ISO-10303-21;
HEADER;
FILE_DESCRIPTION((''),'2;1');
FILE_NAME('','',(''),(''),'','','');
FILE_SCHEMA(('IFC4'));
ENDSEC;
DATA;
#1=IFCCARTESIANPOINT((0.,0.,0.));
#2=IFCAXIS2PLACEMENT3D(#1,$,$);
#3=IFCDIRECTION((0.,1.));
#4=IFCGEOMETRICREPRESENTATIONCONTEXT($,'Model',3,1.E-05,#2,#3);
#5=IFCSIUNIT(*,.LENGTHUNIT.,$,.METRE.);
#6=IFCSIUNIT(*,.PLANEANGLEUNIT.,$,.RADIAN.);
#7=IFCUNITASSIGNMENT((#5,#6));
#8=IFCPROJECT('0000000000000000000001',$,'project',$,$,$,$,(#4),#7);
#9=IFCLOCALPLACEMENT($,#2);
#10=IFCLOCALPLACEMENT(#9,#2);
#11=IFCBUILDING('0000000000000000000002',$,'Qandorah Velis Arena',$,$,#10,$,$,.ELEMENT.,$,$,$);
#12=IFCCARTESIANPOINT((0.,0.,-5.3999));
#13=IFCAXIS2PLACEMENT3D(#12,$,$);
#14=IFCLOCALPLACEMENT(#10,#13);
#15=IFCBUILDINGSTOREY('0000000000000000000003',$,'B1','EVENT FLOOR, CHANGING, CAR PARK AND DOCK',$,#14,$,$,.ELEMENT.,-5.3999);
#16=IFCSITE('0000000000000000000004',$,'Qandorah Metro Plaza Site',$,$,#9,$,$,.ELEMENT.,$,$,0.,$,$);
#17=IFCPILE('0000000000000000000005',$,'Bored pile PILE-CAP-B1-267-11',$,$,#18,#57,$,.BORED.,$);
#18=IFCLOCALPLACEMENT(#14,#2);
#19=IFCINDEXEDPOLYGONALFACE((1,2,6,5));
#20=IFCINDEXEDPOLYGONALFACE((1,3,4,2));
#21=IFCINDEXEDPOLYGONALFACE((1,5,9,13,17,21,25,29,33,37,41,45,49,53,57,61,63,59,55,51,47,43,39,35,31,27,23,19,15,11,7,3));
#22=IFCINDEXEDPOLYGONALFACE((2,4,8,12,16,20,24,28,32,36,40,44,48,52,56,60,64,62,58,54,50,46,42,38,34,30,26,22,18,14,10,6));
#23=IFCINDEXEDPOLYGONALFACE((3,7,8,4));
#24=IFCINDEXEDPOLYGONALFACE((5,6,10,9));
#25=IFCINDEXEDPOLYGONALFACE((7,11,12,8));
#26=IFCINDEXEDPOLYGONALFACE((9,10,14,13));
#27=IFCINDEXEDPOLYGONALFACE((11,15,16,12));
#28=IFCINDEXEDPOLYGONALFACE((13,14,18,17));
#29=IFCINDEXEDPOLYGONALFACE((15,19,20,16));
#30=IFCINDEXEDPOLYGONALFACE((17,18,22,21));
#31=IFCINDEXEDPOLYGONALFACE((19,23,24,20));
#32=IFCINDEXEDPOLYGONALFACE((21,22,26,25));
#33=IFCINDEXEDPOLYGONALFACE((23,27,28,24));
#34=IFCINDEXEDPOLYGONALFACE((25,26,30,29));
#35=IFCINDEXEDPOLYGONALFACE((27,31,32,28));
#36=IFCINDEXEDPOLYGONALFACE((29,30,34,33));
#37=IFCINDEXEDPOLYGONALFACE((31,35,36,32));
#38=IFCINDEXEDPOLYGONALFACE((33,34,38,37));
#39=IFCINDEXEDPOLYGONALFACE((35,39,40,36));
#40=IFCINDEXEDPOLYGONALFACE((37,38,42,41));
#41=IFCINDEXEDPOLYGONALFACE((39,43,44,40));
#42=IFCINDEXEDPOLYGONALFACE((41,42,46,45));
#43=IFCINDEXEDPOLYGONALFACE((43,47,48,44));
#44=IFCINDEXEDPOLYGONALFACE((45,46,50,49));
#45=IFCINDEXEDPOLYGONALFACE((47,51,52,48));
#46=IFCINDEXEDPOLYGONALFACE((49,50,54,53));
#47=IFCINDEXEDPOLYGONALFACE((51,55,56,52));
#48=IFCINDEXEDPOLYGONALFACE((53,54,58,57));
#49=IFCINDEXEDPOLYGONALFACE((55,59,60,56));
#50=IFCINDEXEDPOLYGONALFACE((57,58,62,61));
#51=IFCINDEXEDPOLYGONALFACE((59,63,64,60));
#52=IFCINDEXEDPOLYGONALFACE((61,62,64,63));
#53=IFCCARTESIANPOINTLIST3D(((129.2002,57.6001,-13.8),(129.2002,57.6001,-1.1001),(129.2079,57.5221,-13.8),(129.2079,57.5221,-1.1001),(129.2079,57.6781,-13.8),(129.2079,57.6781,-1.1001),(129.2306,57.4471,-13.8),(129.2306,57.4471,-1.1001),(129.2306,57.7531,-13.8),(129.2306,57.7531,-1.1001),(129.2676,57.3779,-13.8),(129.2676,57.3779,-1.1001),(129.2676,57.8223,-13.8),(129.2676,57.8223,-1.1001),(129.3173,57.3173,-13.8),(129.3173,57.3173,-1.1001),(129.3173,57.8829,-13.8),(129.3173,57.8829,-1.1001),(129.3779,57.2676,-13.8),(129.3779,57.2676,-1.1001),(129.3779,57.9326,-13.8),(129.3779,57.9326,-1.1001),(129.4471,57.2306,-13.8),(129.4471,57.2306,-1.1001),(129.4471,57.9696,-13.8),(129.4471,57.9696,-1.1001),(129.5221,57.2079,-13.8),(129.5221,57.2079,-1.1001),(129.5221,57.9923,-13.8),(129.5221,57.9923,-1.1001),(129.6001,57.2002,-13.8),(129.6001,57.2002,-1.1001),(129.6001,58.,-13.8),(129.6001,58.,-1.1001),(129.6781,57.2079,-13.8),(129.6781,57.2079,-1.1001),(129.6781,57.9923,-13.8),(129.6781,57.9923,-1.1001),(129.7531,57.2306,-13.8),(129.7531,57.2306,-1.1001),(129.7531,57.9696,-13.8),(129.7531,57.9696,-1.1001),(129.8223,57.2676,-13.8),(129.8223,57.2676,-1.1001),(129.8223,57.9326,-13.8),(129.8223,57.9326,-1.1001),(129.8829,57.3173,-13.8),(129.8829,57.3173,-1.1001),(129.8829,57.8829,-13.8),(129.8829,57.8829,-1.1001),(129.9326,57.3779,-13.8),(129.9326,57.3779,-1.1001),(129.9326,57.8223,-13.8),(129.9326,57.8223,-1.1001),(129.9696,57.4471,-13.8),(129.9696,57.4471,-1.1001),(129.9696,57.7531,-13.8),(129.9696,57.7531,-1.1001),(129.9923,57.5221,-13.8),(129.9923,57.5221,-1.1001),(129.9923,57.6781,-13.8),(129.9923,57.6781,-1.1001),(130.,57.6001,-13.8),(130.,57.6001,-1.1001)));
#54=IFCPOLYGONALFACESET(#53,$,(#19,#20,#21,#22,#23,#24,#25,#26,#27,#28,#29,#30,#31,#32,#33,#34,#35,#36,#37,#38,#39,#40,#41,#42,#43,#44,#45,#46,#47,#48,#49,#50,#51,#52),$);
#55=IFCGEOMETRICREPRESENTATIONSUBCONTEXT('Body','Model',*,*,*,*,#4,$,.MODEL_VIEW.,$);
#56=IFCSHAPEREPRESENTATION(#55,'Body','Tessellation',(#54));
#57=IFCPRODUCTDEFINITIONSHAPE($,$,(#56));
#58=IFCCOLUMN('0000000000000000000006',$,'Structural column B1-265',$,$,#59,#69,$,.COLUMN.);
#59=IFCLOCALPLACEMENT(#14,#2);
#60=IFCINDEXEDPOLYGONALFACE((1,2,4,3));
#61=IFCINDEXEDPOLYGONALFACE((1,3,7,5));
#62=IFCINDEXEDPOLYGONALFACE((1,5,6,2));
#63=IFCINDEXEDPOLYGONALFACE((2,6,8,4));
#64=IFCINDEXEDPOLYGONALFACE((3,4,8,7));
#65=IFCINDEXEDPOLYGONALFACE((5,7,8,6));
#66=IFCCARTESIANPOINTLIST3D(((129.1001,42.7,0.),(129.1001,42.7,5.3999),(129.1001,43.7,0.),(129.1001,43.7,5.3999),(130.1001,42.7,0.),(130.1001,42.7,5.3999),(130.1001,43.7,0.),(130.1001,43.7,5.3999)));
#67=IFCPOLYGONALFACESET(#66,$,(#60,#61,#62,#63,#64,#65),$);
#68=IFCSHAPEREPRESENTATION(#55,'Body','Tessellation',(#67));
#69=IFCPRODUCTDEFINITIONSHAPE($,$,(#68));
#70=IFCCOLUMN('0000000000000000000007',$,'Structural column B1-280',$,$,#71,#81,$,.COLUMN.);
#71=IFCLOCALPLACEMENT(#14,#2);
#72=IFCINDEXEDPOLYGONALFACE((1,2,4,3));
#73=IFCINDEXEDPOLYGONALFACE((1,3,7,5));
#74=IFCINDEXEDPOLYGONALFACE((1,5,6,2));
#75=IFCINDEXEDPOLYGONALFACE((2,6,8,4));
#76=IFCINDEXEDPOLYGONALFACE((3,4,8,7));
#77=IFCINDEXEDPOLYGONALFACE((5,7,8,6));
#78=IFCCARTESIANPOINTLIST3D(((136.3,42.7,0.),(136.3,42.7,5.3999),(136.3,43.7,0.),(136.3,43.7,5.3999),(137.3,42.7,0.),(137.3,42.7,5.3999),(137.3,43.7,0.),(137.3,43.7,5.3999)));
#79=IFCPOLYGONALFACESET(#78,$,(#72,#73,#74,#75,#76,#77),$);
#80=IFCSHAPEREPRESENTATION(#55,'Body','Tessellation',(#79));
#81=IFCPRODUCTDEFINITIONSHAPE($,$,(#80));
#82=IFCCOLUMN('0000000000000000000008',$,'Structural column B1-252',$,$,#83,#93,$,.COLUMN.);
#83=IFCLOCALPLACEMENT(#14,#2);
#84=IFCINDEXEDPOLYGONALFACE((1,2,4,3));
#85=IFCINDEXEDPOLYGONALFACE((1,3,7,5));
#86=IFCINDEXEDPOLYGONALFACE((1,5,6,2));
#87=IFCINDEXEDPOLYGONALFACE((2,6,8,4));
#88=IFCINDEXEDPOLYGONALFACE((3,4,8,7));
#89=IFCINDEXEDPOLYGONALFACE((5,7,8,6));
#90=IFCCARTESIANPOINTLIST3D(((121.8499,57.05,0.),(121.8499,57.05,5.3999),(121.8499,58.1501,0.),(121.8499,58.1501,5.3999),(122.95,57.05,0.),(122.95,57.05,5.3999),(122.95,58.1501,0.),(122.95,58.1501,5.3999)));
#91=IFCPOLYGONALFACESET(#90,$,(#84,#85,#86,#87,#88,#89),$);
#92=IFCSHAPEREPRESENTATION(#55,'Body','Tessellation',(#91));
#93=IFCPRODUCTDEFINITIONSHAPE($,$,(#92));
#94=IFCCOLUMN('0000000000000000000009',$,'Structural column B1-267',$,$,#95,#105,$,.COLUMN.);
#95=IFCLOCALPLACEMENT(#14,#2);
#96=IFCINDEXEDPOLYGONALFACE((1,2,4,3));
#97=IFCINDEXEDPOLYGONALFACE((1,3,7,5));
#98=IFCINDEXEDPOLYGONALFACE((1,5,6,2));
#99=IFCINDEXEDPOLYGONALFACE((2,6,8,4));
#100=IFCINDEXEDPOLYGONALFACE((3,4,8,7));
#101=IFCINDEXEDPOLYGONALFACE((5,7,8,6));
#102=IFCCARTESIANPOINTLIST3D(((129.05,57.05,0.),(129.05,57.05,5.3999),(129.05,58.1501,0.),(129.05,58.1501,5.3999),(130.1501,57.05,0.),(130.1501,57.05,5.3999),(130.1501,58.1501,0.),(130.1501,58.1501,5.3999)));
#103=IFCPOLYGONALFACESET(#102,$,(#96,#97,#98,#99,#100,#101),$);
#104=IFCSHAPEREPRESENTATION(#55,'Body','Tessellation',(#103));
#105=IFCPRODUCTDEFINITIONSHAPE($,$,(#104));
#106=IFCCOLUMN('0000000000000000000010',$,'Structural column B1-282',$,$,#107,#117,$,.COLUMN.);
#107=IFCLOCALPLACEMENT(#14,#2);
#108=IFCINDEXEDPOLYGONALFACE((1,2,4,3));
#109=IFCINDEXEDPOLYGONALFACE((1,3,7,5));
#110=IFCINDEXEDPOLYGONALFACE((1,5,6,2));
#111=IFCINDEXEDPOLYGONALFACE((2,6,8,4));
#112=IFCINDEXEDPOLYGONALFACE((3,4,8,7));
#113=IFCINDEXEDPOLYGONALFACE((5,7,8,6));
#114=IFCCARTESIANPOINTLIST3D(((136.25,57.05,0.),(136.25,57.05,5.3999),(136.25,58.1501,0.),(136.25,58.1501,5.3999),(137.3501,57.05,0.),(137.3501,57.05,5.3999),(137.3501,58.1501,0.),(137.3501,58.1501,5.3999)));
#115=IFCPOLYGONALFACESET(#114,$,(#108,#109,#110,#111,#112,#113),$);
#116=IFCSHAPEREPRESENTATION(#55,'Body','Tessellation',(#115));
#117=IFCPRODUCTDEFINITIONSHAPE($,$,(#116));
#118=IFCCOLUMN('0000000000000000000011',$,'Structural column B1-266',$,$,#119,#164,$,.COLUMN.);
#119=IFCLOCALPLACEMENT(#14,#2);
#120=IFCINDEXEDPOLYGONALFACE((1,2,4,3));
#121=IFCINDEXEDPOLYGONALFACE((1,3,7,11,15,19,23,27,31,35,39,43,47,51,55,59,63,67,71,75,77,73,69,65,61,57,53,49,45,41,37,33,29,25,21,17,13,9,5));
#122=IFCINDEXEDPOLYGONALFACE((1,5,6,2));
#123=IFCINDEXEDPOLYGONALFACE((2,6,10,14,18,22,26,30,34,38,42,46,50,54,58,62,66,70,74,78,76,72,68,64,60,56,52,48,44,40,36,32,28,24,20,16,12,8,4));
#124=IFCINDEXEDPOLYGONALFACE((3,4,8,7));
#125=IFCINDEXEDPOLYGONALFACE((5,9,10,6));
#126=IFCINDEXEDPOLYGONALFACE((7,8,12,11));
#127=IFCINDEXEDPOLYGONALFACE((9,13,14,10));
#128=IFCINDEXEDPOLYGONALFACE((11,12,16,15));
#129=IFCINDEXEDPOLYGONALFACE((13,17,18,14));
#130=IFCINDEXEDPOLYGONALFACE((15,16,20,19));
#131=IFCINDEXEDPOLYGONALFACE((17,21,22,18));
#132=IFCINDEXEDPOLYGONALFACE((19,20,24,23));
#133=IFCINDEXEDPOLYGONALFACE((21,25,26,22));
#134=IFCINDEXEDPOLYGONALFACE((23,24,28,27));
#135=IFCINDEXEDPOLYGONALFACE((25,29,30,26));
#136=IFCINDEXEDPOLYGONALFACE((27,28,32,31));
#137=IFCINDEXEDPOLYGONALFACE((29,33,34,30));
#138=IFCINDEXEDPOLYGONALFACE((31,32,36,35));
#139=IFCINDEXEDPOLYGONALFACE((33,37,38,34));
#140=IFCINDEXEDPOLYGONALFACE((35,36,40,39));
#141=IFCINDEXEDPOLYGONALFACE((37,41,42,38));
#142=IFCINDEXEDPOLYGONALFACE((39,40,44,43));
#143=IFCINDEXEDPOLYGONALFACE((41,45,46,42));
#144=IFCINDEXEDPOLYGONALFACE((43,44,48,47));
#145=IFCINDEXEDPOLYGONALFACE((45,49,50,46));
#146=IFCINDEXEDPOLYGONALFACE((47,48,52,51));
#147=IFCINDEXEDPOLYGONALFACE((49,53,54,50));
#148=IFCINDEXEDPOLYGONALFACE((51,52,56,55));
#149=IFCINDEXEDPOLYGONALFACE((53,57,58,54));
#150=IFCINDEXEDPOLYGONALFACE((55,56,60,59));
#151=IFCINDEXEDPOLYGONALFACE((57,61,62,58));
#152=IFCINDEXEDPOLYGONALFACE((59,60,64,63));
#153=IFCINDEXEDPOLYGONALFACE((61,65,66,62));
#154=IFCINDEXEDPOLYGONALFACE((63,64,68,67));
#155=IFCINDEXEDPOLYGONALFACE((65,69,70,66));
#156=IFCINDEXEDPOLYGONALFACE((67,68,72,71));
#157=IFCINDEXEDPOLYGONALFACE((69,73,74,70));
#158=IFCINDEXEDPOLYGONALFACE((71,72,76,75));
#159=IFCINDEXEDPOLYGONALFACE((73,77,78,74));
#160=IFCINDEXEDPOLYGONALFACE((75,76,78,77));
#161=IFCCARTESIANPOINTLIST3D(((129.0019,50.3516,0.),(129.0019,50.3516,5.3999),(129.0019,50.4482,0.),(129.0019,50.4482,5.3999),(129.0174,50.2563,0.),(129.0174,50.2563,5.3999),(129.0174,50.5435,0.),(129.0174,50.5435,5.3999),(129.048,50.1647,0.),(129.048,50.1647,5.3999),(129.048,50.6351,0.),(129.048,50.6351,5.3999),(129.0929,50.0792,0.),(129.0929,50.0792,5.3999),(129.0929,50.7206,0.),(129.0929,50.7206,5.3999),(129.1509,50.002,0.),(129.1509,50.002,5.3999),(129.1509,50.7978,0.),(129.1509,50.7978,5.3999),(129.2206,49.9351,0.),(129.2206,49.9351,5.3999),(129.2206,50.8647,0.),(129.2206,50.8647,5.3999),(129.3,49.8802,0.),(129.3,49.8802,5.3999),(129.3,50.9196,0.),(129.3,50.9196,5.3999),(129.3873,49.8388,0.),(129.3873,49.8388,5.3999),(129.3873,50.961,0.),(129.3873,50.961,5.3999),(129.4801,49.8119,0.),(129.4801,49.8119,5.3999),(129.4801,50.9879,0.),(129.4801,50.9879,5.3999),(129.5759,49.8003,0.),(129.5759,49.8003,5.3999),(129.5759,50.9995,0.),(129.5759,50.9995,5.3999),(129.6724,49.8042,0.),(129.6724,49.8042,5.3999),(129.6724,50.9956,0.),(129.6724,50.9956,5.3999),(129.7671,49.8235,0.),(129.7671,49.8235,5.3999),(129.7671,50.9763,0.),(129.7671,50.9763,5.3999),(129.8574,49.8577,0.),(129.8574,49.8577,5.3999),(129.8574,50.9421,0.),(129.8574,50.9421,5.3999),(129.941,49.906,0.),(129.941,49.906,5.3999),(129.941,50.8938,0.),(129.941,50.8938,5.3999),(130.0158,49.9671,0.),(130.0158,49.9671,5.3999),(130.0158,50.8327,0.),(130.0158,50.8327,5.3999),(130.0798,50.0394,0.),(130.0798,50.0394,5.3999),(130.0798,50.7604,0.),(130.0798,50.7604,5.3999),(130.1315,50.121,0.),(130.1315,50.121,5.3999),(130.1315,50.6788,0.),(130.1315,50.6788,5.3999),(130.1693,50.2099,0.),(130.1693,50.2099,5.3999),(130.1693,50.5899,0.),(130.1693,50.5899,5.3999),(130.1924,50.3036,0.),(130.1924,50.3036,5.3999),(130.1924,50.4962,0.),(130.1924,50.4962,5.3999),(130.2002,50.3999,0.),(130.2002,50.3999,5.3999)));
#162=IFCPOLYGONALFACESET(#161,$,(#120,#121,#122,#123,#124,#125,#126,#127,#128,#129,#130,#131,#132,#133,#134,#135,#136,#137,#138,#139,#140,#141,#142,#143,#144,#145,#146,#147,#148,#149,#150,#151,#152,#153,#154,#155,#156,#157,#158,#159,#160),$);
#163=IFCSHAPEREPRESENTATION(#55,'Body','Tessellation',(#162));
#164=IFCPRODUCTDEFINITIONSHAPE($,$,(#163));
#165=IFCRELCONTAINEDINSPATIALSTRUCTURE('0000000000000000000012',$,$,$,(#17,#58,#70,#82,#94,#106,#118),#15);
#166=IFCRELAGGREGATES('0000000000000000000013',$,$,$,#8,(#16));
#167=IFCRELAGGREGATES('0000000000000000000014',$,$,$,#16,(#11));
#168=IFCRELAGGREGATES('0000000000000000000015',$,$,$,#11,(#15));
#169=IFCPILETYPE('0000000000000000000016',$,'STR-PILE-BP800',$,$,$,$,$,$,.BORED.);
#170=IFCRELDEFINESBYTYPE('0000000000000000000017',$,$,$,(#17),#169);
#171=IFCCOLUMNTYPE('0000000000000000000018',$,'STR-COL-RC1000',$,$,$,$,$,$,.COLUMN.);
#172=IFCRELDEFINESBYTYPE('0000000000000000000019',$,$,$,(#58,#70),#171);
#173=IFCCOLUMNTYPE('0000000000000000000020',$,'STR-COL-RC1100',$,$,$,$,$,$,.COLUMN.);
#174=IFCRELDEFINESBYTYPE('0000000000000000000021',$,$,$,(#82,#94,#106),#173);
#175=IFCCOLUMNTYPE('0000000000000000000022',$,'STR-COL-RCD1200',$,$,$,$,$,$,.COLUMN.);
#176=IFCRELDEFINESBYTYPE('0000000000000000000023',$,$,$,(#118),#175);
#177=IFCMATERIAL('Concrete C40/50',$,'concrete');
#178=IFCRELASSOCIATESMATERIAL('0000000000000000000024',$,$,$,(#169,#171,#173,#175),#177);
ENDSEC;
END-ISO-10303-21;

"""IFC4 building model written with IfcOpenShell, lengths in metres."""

from ifc_helpers import new_model, si_unit, direction, frame, origin, origin_2d, place, context, subcontext, project, spatial, rectangle, circle, extrude, material, material_profile, profile_set, type_object, element, save


model = new_model("IFC4")

# Units and contexts
model_context = context("Model", 3, precision=1e-05, world=origin(), true_north=direction((0.0, 1.0)))
body_context = subcontext(model_context, "Body", "Model", "MODEL_VIEW")
ifc_project = project(units=[si_unit("LENGTHUNIT", "METRE"), si_unit("PLANEANGLEUNIT", "RADIAN")], contexts=[model_context])

# Site, building, storey
site_placement = place(None, origin())
site = spatial("IfcSite", under=ifc_project, at=site_placement, Name="Qandorah Metro Plaza Site", CompositionType="ELEMENT", RefElevation=0.0)
building_placement = place(site_placement, origin())
building = spatial("IfcBuilding", under=site, at=building_placement, Name="Qandorah Velis Arena", CompositionType="ELEMENT")
storey_placement = place(building_placement, frame((0.0, 0.0, -5.3999)))
storey = spatial("IfcBuildingStorey", under=building, at=storey_placement, Name="B1", Description="EVENT FLOOR, CHANGING, CAR PARK AND DOCK", CompositionType="ELEMENT", Elevation=-5.3999)

# Shared definitions
ifc_material = material(Name="Concrete C40/50", Category="concrete")

# Pile
ifc_material_profile_1 = material_profile(ifc_material, circle(Radius=0.3999, at=origin_2d()), Name="BORED PILE D800")
ifc_profile_set_1 = profile_set([ifc_material_profile_1], Name="Concrete C40/50")
pile_type_1 = type_object("IfcPileType", Name="STR-PILE-BP800", PredefinedType="BORED", material=ifc_profile_set_1)
pile_1_placement = place(storey_placement, frame((129.6001, 57.6001, -1.1001), z_axis=(0.0, 0.0, -1.0), x_axis=(1.0, 0.0, 0.0)))
element("IfcPile", 1, at=pile_1_placement, inside=storey, type_object=pile_type_1, Name="Bored pile PILE-CAP-B1-267-11", PredefinedType="BORED", context=body_context, shape_type="SweptSolid", body=[
    extrude(circle(Radius=0.3999, at=origin_2d()), origin(), (0.0, 0.0, 1.0), 12.7),
])

# Columns
ifc_material_profile_2 = material_profile(ifc_material, rectangle(XDim=1.0, YDim=1.0, at=origin_2d()), Name="RC COL 1000x1000")
ifc_profile_set_2 = profile_set([ifc_material_profile_2], Name="Concrete C40/50")
column_type_1 = type_object("IfcColumnType", Name="STR-COL-RC1000", PredefinedType="COLUMN", material=ifc_profile_set_2)
for number, where, z_axis, x_axis, name in (
    (2, (129.6001, 43.2, 0.0), (0.0, 0.0, 1.0), (1.0, 0.0, 0.0), "Structural column B1-265"),
    (3, (136.8, 43.2, 0.0), (0.0, 0.0, 1.0), (1.0, 0.0, 0.0), "Structural column B1-280"),
):
    element("IfcColumn", number, at=place(storey_placement, frame(where, z_axis=z_axis, x_axis=x_axis)), inside=storey, type_object=column_type_1, Name=name, PredefinedType="COLUMN", context=body_context, shape_type="SweptSolid", body=[
        extrude(rectangle(XDim=1.0, YDim=1.0, at=origin_2d()), origin(), (0.0, 0.0, 1.0), 5.3999),
    ])
ifc_material_profile_3 = material_profile(ifc_material, rectangle(XDim=1.1001, YDim=1.1001, at=origin_2d()), Name="RC COL 1100x1100")
ifc_profile_set_3 = profile_set([ifc_material_profile_3], Name="Concrete C40/50")
column_type_2 = type_object("IfcColumnType", Name="STR-COL-RC1100", PredefinedType="COLUMN", material=ifc_profile_set_3)
for number, where, z_axis, x_axis, name in (
    (4, (122.3999, 57.6001, 0.0), (0.0, 0.0, 1.0), (1.0, 0.0, 0.0), "Structural column B1-252"),
    (5, (129.6001, 57.6001, 0.0), (0.0, 0.0, 1.0), (1.0, 0.0, 0.0), "Structural column B1-267"),
    (6, (136.8, 57.6001, 0.0), (0.0, 0.0, 1.0), (1.0, 0.0, 0.0), "Structural column B1-282"),
):
    element("IfcColumn", number, at=place(storey_placement, frame(where, z_axis=z_axis, x_axis=x_axis)), inside=storey, type_object=column_type_2, Name=name, PredefinedType="COLUMN", context=body_context, shape_type="SweptSolid", body=[
        extrude(rectangle(XDim=1.1001, YDim=1.1001, at=origin_2d()), origin(), (0.0, 0.0, 1.0), 5.3999),
    ])
ifc_material_profile_4 = material_profile(ifc_material, circle(Radius=0.6001, at=origin_2d()), Name="RC D1200")
ifc_profile_set_4 = profile_set([ifc_material_profile_4], Name="Concrete C40/50")
column_type_3 = type_object("IfcColumnType", Name="STR-COL-RCD1200", PredefinedType="COLUMN", material=ifc_profile_set_4)
for number, where, z_axis, x_axis, name in (
    (7, (129.6001, 50.3999, 0.0), (0.0, 0.0, 1.0), (1.0, 0.0, 0.0), "Structural column B1-266"),
):
    element("IfcColumn", number, at=place(storey_placement, frame(where, z_axis=z_axis, x_axis=x_axis)), inside=storey, type_object=column_type_3, Name=name, PredefinedType="COLUMN", context=body_context, shape_type="SweptSolid", body=[
        extrude(circle(Radius=0.6001, at=origin_2d()), origin(), (0.0, 0.0, 1.0), 5.3999),
    ])

save(model, "model.ifc")
